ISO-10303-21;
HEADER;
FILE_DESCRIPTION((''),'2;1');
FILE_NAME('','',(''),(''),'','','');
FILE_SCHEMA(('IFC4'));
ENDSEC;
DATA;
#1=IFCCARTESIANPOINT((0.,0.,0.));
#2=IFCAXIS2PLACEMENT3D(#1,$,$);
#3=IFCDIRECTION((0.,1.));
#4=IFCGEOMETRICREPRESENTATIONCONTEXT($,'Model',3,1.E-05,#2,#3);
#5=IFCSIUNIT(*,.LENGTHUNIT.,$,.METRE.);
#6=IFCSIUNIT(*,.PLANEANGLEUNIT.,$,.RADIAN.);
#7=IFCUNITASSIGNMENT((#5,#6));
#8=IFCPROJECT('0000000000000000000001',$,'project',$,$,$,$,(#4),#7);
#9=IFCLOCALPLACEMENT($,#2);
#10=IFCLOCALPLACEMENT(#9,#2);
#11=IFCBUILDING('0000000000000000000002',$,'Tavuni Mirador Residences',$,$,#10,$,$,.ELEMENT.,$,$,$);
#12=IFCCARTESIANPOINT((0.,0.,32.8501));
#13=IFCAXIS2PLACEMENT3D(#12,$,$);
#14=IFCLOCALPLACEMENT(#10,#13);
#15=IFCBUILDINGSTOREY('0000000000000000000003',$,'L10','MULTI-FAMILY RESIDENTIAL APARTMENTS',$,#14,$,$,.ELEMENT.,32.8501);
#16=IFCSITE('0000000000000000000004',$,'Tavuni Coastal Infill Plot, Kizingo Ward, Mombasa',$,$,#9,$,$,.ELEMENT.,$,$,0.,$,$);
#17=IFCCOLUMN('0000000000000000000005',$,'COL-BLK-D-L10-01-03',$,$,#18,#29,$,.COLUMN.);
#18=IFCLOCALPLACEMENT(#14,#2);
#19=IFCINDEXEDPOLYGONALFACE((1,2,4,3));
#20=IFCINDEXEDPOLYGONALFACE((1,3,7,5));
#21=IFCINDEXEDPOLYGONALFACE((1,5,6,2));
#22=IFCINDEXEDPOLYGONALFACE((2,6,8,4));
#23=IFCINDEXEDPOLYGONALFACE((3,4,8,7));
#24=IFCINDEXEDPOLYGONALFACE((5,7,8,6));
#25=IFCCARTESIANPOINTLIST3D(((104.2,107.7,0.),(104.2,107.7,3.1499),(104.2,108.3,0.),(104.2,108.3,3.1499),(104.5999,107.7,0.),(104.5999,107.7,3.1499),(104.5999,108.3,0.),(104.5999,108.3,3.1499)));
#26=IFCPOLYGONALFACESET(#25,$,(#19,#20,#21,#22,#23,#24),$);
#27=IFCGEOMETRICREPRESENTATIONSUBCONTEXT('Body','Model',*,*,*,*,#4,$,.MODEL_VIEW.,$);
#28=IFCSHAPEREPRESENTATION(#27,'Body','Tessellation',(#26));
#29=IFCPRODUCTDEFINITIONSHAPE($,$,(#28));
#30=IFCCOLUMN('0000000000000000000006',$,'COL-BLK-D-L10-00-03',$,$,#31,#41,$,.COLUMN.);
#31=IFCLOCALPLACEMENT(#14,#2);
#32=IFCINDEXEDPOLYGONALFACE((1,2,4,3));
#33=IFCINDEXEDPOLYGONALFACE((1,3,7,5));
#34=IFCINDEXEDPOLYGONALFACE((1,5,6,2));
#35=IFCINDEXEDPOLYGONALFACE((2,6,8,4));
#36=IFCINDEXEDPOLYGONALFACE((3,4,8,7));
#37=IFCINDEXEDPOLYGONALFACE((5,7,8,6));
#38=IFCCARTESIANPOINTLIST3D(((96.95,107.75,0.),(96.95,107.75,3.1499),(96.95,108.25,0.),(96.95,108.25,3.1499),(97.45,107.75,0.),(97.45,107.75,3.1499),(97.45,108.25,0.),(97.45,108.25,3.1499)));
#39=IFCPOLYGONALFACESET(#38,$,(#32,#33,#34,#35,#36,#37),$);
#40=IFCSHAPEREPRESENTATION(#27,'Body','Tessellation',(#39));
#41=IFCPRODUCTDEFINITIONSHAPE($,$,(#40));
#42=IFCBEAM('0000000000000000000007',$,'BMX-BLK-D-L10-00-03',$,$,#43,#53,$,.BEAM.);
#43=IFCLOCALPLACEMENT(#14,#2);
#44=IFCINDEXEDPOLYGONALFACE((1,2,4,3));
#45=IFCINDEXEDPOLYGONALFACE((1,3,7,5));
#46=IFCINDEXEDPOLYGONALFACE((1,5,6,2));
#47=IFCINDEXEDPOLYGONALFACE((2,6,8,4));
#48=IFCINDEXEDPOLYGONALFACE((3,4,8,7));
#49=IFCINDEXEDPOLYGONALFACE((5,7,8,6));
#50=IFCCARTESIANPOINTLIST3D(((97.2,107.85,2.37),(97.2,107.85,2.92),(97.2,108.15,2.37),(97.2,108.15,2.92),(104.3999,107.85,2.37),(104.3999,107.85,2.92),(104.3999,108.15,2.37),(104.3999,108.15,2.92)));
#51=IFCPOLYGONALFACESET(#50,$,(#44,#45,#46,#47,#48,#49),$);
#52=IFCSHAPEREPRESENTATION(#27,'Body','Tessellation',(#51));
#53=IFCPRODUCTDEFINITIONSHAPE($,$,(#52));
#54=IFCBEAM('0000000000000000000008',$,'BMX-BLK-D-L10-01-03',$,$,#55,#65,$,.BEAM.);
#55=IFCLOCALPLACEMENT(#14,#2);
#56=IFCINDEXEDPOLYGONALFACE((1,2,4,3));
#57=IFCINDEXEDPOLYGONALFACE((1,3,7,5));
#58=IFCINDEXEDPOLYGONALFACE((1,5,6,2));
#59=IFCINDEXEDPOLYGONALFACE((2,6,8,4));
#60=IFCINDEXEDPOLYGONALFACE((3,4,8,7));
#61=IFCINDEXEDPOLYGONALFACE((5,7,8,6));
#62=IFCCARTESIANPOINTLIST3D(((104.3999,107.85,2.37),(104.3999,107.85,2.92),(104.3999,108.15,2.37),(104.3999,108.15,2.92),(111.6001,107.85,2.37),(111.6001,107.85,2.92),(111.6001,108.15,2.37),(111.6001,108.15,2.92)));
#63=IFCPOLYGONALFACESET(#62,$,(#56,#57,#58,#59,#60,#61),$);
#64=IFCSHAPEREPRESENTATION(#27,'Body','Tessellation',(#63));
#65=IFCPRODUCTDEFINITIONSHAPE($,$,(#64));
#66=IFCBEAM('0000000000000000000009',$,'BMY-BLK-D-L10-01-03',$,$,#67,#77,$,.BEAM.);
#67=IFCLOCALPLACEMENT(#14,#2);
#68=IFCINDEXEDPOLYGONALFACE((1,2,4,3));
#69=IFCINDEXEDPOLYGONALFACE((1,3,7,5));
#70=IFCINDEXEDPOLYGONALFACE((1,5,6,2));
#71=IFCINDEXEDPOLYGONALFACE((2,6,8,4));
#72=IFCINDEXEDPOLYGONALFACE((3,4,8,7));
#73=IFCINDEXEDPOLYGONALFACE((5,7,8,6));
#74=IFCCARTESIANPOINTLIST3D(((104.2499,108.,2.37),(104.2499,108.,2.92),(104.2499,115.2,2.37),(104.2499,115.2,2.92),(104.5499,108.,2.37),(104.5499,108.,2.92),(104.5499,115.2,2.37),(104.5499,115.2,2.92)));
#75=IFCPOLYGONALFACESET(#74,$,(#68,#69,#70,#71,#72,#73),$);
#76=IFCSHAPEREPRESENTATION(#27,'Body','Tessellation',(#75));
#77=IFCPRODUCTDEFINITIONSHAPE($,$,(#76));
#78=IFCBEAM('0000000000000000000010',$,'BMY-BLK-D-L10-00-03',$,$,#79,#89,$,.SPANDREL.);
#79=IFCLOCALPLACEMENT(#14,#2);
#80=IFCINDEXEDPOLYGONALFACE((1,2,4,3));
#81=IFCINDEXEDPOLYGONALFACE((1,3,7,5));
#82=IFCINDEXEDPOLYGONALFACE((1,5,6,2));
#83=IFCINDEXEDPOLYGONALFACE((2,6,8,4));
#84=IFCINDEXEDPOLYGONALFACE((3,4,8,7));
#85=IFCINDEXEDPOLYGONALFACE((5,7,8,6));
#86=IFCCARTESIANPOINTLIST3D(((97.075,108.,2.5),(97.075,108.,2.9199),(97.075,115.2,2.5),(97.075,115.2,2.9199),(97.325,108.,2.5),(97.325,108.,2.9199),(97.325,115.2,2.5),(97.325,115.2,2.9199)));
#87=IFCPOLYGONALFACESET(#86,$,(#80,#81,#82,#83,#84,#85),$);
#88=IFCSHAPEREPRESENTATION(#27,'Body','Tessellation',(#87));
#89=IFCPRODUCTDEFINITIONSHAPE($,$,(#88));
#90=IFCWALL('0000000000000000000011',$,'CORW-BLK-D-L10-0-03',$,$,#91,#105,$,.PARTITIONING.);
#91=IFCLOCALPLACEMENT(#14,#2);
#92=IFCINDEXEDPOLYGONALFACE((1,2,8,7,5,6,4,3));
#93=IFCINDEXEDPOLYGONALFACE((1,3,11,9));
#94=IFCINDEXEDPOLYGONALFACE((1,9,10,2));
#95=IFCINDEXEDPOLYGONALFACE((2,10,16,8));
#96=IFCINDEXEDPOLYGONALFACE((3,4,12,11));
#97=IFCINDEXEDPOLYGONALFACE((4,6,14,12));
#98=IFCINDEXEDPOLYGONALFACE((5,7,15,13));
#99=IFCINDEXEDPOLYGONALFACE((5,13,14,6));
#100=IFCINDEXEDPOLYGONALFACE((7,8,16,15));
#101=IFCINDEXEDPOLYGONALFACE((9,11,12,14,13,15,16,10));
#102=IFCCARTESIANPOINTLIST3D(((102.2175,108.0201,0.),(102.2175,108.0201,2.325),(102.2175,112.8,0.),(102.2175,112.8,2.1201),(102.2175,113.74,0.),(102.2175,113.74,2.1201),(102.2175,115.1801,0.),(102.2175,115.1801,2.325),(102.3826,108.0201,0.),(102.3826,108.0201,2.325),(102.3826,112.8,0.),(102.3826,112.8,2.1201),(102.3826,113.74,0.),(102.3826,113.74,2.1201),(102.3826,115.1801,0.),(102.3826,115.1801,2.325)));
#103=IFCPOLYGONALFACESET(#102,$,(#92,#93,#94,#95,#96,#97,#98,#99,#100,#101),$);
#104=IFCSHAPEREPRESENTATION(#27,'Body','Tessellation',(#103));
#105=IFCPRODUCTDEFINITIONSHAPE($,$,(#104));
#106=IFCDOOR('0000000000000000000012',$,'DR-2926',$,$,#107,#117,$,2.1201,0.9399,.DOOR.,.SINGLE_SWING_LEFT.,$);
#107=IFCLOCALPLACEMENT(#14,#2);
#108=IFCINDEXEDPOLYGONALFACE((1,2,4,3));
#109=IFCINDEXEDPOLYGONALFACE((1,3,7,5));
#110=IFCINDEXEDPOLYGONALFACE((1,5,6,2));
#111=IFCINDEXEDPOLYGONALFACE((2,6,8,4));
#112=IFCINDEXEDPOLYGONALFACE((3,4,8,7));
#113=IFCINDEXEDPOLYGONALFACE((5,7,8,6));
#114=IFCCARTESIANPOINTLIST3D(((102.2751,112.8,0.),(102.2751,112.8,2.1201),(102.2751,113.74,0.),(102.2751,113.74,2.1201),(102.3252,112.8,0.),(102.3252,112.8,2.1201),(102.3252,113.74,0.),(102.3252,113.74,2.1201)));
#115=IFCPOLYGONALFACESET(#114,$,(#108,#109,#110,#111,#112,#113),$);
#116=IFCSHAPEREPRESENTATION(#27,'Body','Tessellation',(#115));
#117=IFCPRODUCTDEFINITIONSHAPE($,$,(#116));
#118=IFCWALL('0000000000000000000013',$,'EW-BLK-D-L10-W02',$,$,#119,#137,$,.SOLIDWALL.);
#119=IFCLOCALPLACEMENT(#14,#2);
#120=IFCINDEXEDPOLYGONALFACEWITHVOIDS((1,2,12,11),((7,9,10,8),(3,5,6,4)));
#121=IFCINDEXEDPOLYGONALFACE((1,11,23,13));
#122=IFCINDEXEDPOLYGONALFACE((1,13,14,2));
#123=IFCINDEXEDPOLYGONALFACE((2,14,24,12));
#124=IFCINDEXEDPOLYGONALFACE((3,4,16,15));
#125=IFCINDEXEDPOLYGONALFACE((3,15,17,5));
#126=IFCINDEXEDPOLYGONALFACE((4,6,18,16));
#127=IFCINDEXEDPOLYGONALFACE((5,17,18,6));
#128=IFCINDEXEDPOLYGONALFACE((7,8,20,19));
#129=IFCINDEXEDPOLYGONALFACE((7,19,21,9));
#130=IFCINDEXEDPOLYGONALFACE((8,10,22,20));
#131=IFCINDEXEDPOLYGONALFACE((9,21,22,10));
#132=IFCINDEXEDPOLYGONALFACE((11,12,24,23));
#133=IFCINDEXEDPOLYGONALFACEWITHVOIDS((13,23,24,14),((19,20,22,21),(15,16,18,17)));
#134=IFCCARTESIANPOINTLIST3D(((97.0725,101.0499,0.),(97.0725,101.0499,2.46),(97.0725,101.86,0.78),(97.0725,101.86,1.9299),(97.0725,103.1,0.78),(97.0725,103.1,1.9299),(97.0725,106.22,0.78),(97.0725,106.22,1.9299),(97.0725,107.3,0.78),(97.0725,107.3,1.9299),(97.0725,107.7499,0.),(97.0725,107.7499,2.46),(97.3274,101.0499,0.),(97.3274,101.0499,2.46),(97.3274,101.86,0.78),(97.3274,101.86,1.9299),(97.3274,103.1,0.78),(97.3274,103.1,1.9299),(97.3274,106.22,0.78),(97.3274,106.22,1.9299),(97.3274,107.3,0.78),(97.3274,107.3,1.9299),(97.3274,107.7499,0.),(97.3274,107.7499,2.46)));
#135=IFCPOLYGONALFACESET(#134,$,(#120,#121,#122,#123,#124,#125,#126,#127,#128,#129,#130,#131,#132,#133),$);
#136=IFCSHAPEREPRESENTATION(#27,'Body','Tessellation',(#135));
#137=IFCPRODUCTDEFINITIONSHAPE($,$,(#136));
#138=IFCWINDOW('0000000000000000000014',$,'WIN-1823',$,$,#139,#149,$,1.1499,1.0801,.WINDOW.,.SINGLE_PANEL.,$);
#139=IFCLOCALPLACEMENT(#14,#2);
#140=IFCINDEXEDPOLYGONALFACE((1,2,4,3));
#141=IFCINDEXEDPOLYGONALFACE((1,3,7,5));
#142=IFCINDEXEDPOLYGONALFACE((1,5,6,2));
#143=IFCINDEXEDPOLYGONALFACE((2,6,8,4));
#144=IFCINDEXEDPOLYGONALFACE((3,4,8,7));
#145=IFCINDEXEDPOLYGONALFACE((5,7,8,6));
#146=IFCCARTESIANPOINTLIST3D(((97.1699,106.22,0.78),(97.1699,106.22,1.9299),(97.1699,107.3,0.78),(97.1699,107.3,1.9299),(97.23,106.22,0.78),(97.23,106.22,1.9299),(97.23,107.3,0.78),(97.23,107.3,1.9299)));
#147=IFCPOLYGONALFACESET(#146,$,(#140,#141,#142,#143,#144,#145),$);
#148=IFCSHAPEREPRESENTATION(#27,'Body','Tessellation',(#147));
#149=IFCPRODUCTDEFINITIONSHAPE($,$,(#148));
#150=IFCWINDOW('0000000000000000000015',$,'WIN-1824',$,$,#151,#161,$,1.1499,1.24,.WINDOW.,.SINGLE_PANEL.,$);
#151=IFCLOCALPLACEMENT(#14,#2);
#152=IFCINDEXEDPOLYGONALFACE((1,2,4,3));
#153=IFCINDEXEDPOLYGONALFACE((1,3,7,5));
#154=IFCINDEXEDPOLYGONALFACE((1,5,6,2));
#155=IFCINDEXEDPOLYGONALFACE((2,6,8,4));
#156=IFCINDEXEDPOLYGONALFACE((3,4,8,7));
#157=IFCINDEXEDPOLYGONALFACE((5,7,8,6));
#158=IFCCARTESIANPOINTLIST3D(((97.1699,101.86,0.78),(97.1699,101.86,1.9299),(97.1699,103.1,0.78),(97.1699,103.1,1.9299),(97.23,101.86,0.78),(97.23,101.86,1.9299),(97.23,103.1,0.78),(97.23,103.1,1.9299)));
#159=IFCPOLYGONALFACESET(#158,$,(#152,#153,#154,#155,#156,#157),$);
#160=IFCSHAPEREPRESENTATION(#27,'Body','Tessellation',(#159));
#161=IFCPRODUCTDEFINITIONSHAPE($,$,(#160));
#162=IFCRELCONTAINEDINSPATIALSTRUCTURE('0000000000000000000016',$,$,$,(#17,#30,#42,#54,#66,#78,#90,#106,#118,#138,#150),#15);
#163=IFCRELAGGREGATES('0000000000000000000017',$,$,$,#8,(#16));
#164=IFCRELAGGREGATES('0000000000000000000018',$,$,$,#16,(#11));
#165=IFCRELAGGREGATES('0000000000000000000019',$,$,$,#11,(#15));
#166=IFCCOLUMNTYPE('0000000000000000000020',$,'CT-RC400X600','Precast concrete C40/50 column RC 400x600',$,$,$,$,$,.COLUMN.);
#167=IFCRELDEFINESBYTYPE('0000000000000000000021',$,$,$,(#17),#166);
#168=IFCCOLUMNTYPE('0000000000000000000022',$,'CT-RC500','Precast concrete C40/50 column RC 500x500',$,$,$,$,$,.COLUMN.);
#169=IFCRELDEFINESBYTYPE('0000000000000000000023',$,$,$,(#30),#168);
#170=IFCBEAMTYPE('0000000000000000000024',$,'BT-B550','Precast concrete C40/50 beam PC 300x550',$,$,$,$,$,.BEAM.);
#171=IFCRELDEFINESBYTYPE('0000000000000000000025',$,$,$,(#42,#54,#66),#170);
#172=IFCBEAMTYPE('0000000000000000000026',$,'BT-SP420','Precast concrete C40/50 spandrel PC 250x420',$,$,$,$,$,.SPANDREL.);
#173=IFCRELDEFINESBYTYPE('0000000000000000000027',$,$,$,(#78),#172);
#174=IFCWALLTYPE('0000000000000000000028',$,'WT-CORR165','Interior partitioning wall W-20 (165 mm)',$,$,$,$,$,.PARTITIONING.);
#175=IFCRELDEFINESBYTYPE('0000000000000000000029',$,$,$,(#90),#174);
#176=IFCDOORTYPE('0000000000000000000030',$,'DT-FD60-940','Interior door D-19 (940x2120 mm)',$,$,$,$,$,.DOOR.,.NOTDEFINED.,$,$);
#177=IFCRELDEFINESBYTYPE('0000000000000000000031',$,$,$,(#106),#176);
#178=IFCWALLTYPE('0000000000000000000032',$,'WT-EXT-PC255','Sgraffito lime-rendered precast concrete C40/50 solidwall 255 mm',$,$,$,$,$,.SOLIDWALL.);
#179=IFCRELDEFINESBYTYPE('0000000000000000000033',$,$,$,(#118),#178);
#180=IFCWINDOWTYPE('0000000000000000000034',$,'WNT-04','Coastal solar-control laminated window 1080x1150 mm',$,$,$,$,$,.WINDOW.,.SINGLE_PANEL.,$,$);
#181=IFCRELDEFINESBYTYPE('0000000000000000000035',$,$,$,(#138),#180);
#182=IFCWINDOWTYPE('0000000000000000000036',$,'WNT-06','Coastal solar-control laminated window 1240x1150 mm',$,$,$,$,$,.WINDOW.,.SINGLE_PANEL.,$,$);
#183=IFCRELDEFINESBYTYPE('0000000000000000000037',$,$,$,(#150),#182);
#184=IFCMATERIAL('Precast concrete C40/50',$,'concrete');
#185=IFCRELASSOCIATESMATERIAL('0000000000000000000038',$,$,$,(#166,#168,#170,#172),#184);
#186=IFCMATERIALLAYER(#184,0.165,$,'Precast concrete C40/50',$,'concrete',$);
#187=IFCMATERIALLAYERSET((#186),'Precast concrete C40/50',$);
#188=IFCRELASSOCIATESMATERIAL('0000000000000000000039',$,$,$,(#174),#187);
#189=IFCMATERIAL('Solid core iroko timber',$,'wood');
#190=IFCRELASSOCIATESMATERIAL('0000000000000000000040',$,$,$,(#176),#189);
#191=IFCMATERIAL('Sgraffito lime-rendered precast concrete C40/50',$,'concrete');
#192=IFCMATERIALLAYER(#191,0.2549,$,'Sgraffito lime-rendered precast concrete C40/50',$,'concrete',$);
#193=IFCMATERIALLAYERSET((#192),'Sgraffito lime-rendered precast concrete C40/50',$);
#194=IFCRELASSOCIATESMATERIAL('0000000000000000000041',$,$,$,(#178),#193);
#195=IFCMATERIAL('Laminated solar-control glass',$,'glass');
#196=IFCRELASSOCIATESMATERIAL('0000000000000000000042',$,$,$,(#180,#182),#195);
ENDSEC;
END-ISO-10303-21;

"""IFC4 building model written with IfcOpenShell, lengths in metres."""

from ifc_helpers import new_model, si_unit, direction, frame, frame_2d, origin, origin_2d, place, context, subcontext, project, spatial, rectangle, extrude, material, layer, layer_set, material_profile, profile_set, type_object, element, fill, save


model = new_model("IFC4")

# Units and contexts
model_context = context("Model", 3, precision=1e-05, world=origin(), true_north=direction((0.0, 1.0)))
body_context = subcontext(model_context, "Body", "Model", "MODEL_VIEW")
ifc_project = project(units=[si_unit("LENGTHUNIT", "METRE"), si_unit("PLANEANGLEUNIT", "RADIAN")], contexts=[model_context])

# Site, building, storey
site_placement = place(None, origin())
site = spatial("IfcSite", under=ifc_project, at=site_placement, Name="Tavuni Coastal Infill Plot, Kizingo Ward, Mombasa", CompositionType="ELEMENT", RefElevation=0.0)
building_placement = place(site_placement, origin())
building = spatial("IfcBuilding", under=site, at=building_placement, Name="Tavuni Mirador Residences", CompositionType="ELEMENT")
storey_placement = place(building_placement, frame((0.0, 0.0, 32.8501)))
storey = spatial("IfcBuildingStorey", under=building, at=storey_placement, Name="L10", Description="MULTI-FAMILY RESIDENTIAL APARTMENTS", CompositionType="ELEMENT", Elevation=32.8501)

# Columns
ifc_material_1 = material(Name="Precast concrete C40/50", Category="concrete")
ifc_material_profile_1 = material_profile(ifc_material_1, rectangle(XDim=0.3999, YDim=0.6001, at=origin_2d()), Name="RC 400x600", Category="concrete")
ifc_profile_set_1 = profile_set([ifc_material_profile_1], Name="Precast concrete C40/50")
column_type_1 = type_object("IfcColumnType", Name="CT-RC400X600", Description="Precast concrete C40/50 column RC 400x600", PredefinedType="COLUMN", material=ifc_profile_set_1)
column_1_placement = place(storey_placement, frame((104.3999, 108.0, 0.0), z_axis=(0.0, 0.0, 1.0), x_axis=(1.0, 0.0, 0.0)))
element("IfcColumn", 1, at=column_1_placement, inside=storey, type_object=column_type_1, Name="COL-BLK-D-L10-01-03", PredefinedType="COLUMN", context=body_context, shape_type="SweptSolid", body=[
    extrude(rectangle(XDim=0.3999, YDim=0.6001, at=origin_2d()), origin(), (0.0, 0.0, 1.0), 3.1499),
])
ifc_material_profile_2 = material_profile(ifc_material_1, rectangle(XDim=0.5, YDim=0.5, at=origin_2d()), Name="RC 500x500", Category="concrete")
ifc_profile_set_2 = profile_set([ifc_material_profile_2], Name="Precast concrete C40/50")
column_type_2 = type_object("IfcColumnType", Name="CT-RC500", Description="Precast concrete C40/50 column RC 500x500", PredefinedType="COLUMN", material=ifc_profile_set_2)
column_2_placement = place(storey_placement, frame((97.2, 108.0, 0.0), z_axis=(0.0, 0.0, 1.0), x_axis=(1.0, 0.0, 0.0)))
element("IfcColumn", 2, at=column_2_placement, inside=storey, type_object=column_type_2, Name="COL-BLK-D-L10-00-03", PredefinedType="COLUMN", context=body_context, shape_type="SweptSolid", body=[
    extrude(rectangle(XDim=0.5, YDim=0.5, at=origin_2d()), origin(), (0.0, 0.0, 1.0), 3.1499),
])

# Beams
ifc_material_profile_3 = material_profile(ifc_material_1, rectangle(XDim=0.3, YDim=0.55, at=origin_2d()), Name="PC 300x550", Category="concrete")
ifc_profile_set_3 = profile_set([ifc_material_profile_3], Name="Precast concrete C40/50")
beam_type_1 = type_object("IfcBeamType", Name="BT-B550", Description="Precast concrete C40/50 beam PC 300x550", PredefinedType="BEAM", material=ifc_profile_set_3)
beam_1_placement = place(storey_placement, frame((97.2, 108.0, 2.645), z_axis=(1.0, 0.0, 0.0), x_axis=(0.0, 1.0, 0.0)))
element("IfcBeam", 3, at=beam_1_placement, inside=storey, type_object=beam_type_1, Name="BMX-BLK-D-L10-00-03", PredefinedType="BEAM", context=body_context, shape_type="SweptSolid", body=[
    extrude(rectangle(XDim=0.3, YDim=0.55, at=origin_2d()), origin(), (0.0, 0.0, 1.0), 7.2),
])
beam_2_placement = place(storey_placement, frame((104.3999, 108.0, 2.645), z_axis=(1.0, 0.0, 0.0), x_axis=(0.0, 1.0, 0.0)))
element("IfcBeam", 4, at=beam_2_placement, inside=storey, type_object=beam_type_1, Name="BMX-BLK-D-L10-01-03", PredefinedType="BEAM", context=body_context, shape_type="SweptSolid", body=[
    extrude(rectangle(XDim=0.3, YDim=0.55, at=origin_2d()), origin(), (0.0, 0.0, 1.0), 7.2002),
])
beam_3_placement = place(storey_placement, frame((104.3999, 108.0, 2.645), z_axis=(0.0, 1.0, 0.0), x_axis=(-1.0, 0.0, 0.0)))
element("IfcBeam", 5, at=beam_3_placement, inside=storey, type_object=beam_type_1, Name="BMY-BLK-D-L10-01-03", PredefinedType="BEAM", context=body_context, shape_type="SweptSolid", body=[
    extrude(rectangle(XDim=0.3, YDim=0.55, at=origin_2d()), origin(), (0.0, 0.0, 1.0), 7.2),
])
ifc_material_profile_4 = material_profile(ifc_material_1, rectangle(XDim=0.25, YDim=0.4199, at=origin_2d()), Name="PC 250x420", Category="concrete")
ifc_profile_set_4 = profile_set([ifc_material_profile_4], Name="Precast concrete C40/50")
beam_type_2 = type_object("IfcBeamType", Name="BT-SP420", Description="Precast concrete C40/50 spandrel PC 250x420", PredefinedType="SPANDREL", material=ifc_profile_set_4)
beam_4_placement = place(storey_placement, frame((97.2, 108.0, 2.71), z_axis=(0.0, 1.0, 0.0), x_axis=(-1.0, 0.0, 0.0)))
element("IfcBeam", 6, at=beam_4_placement, inside=storey, type_object=beam_type_2, Name="BMY-BLK-D-L10-00-03", PredefinedType="SPANDREL", context=body_context, shape_type="SweptSolid", body=[
    extrude(rectangle(XDim=0.25, YDim=0.4199, at=origin_2d()), origin(), (0.0, 0.0, 1.0), 7.2),
])

# Wall, opening, door
ifc_layer_1 = layer(ifc_material_1, 0.165, Name="Precast concrete C40/50", Category="concrete")
ifc_layer_set_1 = layer_set([ifc_layer_1], Name="Precast concrete C40/50")
wall_type_1 = type_object("IfcWallType", Name="WT-CORR165", Description="Interior partitioning wall W-20 (165 mm)", PredefinedType="PARTITIONING", material=ifc_layer_set_1)
wall_1_placement = place(storey_placement, frame((102.3, 108.02, 0.0), z_axis=(0.0, 0.0, 1.0), x_axis=(0.0, 1.0, 0.0)))
wall_1 = element("IfcWall", 7, at=wall_1_placement, inside=storey, type_object=wall_type_1, Name="CORW-BLK-D-L10-0-03", PredefinedType="PARTITIONING", context=body_context, shape_type="SweptSolid", body=[
    extrude(rectangle(XDim=7.1599, YDim=0.165, at=frame_2d((3.5801, 0.0))), origin(), (0.0, 0.0, 1.0), 2.325),
])
opening_1_placement = place(wall_1_placement, frame((4.78, 0.0, 0.0)))
opening_1 = element("IfcOpeningElement", 8, at=opening_1_placement, cuts=wall_1, PredefinedType="OPENING", context=body_context, shape_type="SweptSolid", body=[
    extrude(rectangle(XDim=0.9399, YDim=2.1201, at=frame_2d((0.47, 1.0601))), frame((0.0, 0.0925, 0.0), z_axis=(0.0, -1.0, 0.0), x_axis=(1.0, 0.0, 0.0)), (0.0, 0.0, 1.0), 0.1851),
])
ifc_material_2 = material(Name="Solid core iroko timber", Category="wood")
door_type_1 = type_object("IfcDoorType", Name="DT-FD60-940", Description="Interior door D-19 (940x2120 mm)", OperationType="NOTDEFINED", PredefinedType="DOOR", material=ifc_material_2)
door_1_placement = place(opening_1_placement, origin())
door_1 = element("IfcDoor", 9, at=door_1_placement, inside=storey, type_object=door_type_1, Name="DR-2926", OperationType="SINGLE_SWING_LEFT", OverallHeight=2.1201, OverallWidth=0.9399, PredefinedType="DOOR", context=body_context, shape_type="SweptSolid", body=[
    extrude(rectangle(XDim=0.9399, YDim=2.1201, at=frame_2d((0.47, 1.0601))), frame((0.0, 0.0249, 0.0), z_axis=(0.0, -1.0, 0.0), x_axis=(1.0, 0.0, 0.0)), (0.0, 0.0, 1.0), 0.05),
])
fill(opening_1, door_1)

# Wall, openings, windows
ifc_material_3 = material(Name="Sgraffito lime-rendered precast concrete C40/50", Category="concrete")
ifc_layer_2 = layer(ifc_material_3, 0.2549, Name="Sgraffito lime-rendered precast concrete C40/50", Category="concrete")
ifc_layer_set_2 = layer_set([ifc_layer_2], Name="Sgraffito lime-rendered precast concrete C40/50")
wall_type_2 = type_object("IfcWallType", Name="WT-EXT-PC255", Description="Sgraffito lime-rendered precast concrete C40/50 solidwall 255 mm", PredefinedType="SOLIDWALL", material=ifc_layer_set_2)
wall_2_placement = place(storey_placement, frame((97.2, 107.75, 0.0), z_axis=(0.0, 0.0, 1.0), x_axis=(0.0, -1.0, 0.0)))
wall_2 = element("IfcWall", 10, at=wall_2_placement, inside=storey, type_object=wall_type_2, Name="EW-BLK-D-L10-W02", PredefinedType="SOLIDWALL", context=body_context, shape_type="SweptSolid", body=[
    extrude(rectangle(XDim=6.7, YDim=0.2549, at=frame_2d((3.3501, 0.0))), origin(), (0.0, 0.0, 1.0), 2.46),
])
opening_2_placement = place(wall_2_placement, frame((0.45, 0.0, 0.78)))
opening_2 = element("IfcOpeningElement", 11, at=opening_2_placement, cuts=wall_2, PredefinedType="OPENING", context=body_context, shape_type="SweptSolid", body=[
    extrude(rectangle(XDim=1.0801, YDim=1.1499, at=frame_2d((0.54, 0.575))), frame((0.0, 0.1375, 0.0), z_axis=(0.0, -1.0, 0.0), x_axis=(1.0, 0.0, 0.0)), (0.0, 0.0, 1.0), 0.2749),
])
opening_3_placement = place(wall_2_placement, frame((4.6499, 0.0, 0.78)))
opening_3 = element("IfcOpeningElement", 12, at=opening_3_placement, cuts=wall_2, PredefinedType="OPENING", context=body_context, shape_type="SweptSolid", body=[
    extrude(rectangle(XDim=1.24, YDim=1.1499, at=frame_2d((0.6201, 0.575))), frame((0.0, 0.1375, 0.0), z_axis=(0.0, -1.0, 0.0), x_axis=(1.0, 0.0, 0.0)), (0.0, 0.0, 1.0), 0.2749),
])
ifc_material_4 = material(Name="Laminated solar-control glass", Category="glass")
window_type_1 = type_object("IfcWindowType", Name="WNT-04", Description="Coastal solar-control laminated window 1080x1150 mm", PartitioningType="SINGLE_PANEL", PredefinedType="WINDOW", material=ifc_material_4)
window_1_placement = place(opening_2_placement, origin())
window_1 = element("IfcWindow", 13, at=window_1_placement, inside=storey, type_object=window_type_1, Name="WIN-1823", OverallHeight=1.1499, OverallWidth=1.0801, PartitioningType="SINGLE_PANEL", PredefinedType="WINDOW", context=body_context, shape_type="SweptSolid", body=[
    extrude(rectangle(XDim=1.0801, YDim=1.1499, at=frame_2d((0.54, 0.575))), frame((0.0, 0.03, 0.0), z_axis=(0.0, -1.0, 0.0), x_axis=(1.0, 0.0, 0.0)), (0.0, 0.0, 1.0), 0.0601),
])
fill(opening_2, window_1)
window_type_2 = type_object("IfcWindowType", Name="WNT-06", Description="Coastal solar-control laminated window 1240x1150 mm", PartitioningType="SINGLE_PANEL", PredefinedType="WINDOW", material=ifc_material_4)
window_2_placement = place(opening_3_placement, origin())
window_2 = element("IfcWindow", 14, at=window_2_placement, inside=storey, type_object=window_type_2, Name="WIN-1824", OverallHeight=1.1499, OverallWidth=1.24, PartitioningType="SINGLE_PANEL", PredefinedType="WINDOW", context=body_context, shape_type="SweptSolid", body=[
    extrude(rectangle(XDim=1.24, YDim=1.1499, at=frame_2d((0.6201, 0.575))), frame((0.0, 0.03, 0.0), z_axis=(0.0, -1.0, 0.0), x_axis=(1.0, 0.0, 0.0)), (0.0, 0.0, 1.0), 0.0601),
])
fill(opening_3, window_2)

save(model, "model.ifc")
